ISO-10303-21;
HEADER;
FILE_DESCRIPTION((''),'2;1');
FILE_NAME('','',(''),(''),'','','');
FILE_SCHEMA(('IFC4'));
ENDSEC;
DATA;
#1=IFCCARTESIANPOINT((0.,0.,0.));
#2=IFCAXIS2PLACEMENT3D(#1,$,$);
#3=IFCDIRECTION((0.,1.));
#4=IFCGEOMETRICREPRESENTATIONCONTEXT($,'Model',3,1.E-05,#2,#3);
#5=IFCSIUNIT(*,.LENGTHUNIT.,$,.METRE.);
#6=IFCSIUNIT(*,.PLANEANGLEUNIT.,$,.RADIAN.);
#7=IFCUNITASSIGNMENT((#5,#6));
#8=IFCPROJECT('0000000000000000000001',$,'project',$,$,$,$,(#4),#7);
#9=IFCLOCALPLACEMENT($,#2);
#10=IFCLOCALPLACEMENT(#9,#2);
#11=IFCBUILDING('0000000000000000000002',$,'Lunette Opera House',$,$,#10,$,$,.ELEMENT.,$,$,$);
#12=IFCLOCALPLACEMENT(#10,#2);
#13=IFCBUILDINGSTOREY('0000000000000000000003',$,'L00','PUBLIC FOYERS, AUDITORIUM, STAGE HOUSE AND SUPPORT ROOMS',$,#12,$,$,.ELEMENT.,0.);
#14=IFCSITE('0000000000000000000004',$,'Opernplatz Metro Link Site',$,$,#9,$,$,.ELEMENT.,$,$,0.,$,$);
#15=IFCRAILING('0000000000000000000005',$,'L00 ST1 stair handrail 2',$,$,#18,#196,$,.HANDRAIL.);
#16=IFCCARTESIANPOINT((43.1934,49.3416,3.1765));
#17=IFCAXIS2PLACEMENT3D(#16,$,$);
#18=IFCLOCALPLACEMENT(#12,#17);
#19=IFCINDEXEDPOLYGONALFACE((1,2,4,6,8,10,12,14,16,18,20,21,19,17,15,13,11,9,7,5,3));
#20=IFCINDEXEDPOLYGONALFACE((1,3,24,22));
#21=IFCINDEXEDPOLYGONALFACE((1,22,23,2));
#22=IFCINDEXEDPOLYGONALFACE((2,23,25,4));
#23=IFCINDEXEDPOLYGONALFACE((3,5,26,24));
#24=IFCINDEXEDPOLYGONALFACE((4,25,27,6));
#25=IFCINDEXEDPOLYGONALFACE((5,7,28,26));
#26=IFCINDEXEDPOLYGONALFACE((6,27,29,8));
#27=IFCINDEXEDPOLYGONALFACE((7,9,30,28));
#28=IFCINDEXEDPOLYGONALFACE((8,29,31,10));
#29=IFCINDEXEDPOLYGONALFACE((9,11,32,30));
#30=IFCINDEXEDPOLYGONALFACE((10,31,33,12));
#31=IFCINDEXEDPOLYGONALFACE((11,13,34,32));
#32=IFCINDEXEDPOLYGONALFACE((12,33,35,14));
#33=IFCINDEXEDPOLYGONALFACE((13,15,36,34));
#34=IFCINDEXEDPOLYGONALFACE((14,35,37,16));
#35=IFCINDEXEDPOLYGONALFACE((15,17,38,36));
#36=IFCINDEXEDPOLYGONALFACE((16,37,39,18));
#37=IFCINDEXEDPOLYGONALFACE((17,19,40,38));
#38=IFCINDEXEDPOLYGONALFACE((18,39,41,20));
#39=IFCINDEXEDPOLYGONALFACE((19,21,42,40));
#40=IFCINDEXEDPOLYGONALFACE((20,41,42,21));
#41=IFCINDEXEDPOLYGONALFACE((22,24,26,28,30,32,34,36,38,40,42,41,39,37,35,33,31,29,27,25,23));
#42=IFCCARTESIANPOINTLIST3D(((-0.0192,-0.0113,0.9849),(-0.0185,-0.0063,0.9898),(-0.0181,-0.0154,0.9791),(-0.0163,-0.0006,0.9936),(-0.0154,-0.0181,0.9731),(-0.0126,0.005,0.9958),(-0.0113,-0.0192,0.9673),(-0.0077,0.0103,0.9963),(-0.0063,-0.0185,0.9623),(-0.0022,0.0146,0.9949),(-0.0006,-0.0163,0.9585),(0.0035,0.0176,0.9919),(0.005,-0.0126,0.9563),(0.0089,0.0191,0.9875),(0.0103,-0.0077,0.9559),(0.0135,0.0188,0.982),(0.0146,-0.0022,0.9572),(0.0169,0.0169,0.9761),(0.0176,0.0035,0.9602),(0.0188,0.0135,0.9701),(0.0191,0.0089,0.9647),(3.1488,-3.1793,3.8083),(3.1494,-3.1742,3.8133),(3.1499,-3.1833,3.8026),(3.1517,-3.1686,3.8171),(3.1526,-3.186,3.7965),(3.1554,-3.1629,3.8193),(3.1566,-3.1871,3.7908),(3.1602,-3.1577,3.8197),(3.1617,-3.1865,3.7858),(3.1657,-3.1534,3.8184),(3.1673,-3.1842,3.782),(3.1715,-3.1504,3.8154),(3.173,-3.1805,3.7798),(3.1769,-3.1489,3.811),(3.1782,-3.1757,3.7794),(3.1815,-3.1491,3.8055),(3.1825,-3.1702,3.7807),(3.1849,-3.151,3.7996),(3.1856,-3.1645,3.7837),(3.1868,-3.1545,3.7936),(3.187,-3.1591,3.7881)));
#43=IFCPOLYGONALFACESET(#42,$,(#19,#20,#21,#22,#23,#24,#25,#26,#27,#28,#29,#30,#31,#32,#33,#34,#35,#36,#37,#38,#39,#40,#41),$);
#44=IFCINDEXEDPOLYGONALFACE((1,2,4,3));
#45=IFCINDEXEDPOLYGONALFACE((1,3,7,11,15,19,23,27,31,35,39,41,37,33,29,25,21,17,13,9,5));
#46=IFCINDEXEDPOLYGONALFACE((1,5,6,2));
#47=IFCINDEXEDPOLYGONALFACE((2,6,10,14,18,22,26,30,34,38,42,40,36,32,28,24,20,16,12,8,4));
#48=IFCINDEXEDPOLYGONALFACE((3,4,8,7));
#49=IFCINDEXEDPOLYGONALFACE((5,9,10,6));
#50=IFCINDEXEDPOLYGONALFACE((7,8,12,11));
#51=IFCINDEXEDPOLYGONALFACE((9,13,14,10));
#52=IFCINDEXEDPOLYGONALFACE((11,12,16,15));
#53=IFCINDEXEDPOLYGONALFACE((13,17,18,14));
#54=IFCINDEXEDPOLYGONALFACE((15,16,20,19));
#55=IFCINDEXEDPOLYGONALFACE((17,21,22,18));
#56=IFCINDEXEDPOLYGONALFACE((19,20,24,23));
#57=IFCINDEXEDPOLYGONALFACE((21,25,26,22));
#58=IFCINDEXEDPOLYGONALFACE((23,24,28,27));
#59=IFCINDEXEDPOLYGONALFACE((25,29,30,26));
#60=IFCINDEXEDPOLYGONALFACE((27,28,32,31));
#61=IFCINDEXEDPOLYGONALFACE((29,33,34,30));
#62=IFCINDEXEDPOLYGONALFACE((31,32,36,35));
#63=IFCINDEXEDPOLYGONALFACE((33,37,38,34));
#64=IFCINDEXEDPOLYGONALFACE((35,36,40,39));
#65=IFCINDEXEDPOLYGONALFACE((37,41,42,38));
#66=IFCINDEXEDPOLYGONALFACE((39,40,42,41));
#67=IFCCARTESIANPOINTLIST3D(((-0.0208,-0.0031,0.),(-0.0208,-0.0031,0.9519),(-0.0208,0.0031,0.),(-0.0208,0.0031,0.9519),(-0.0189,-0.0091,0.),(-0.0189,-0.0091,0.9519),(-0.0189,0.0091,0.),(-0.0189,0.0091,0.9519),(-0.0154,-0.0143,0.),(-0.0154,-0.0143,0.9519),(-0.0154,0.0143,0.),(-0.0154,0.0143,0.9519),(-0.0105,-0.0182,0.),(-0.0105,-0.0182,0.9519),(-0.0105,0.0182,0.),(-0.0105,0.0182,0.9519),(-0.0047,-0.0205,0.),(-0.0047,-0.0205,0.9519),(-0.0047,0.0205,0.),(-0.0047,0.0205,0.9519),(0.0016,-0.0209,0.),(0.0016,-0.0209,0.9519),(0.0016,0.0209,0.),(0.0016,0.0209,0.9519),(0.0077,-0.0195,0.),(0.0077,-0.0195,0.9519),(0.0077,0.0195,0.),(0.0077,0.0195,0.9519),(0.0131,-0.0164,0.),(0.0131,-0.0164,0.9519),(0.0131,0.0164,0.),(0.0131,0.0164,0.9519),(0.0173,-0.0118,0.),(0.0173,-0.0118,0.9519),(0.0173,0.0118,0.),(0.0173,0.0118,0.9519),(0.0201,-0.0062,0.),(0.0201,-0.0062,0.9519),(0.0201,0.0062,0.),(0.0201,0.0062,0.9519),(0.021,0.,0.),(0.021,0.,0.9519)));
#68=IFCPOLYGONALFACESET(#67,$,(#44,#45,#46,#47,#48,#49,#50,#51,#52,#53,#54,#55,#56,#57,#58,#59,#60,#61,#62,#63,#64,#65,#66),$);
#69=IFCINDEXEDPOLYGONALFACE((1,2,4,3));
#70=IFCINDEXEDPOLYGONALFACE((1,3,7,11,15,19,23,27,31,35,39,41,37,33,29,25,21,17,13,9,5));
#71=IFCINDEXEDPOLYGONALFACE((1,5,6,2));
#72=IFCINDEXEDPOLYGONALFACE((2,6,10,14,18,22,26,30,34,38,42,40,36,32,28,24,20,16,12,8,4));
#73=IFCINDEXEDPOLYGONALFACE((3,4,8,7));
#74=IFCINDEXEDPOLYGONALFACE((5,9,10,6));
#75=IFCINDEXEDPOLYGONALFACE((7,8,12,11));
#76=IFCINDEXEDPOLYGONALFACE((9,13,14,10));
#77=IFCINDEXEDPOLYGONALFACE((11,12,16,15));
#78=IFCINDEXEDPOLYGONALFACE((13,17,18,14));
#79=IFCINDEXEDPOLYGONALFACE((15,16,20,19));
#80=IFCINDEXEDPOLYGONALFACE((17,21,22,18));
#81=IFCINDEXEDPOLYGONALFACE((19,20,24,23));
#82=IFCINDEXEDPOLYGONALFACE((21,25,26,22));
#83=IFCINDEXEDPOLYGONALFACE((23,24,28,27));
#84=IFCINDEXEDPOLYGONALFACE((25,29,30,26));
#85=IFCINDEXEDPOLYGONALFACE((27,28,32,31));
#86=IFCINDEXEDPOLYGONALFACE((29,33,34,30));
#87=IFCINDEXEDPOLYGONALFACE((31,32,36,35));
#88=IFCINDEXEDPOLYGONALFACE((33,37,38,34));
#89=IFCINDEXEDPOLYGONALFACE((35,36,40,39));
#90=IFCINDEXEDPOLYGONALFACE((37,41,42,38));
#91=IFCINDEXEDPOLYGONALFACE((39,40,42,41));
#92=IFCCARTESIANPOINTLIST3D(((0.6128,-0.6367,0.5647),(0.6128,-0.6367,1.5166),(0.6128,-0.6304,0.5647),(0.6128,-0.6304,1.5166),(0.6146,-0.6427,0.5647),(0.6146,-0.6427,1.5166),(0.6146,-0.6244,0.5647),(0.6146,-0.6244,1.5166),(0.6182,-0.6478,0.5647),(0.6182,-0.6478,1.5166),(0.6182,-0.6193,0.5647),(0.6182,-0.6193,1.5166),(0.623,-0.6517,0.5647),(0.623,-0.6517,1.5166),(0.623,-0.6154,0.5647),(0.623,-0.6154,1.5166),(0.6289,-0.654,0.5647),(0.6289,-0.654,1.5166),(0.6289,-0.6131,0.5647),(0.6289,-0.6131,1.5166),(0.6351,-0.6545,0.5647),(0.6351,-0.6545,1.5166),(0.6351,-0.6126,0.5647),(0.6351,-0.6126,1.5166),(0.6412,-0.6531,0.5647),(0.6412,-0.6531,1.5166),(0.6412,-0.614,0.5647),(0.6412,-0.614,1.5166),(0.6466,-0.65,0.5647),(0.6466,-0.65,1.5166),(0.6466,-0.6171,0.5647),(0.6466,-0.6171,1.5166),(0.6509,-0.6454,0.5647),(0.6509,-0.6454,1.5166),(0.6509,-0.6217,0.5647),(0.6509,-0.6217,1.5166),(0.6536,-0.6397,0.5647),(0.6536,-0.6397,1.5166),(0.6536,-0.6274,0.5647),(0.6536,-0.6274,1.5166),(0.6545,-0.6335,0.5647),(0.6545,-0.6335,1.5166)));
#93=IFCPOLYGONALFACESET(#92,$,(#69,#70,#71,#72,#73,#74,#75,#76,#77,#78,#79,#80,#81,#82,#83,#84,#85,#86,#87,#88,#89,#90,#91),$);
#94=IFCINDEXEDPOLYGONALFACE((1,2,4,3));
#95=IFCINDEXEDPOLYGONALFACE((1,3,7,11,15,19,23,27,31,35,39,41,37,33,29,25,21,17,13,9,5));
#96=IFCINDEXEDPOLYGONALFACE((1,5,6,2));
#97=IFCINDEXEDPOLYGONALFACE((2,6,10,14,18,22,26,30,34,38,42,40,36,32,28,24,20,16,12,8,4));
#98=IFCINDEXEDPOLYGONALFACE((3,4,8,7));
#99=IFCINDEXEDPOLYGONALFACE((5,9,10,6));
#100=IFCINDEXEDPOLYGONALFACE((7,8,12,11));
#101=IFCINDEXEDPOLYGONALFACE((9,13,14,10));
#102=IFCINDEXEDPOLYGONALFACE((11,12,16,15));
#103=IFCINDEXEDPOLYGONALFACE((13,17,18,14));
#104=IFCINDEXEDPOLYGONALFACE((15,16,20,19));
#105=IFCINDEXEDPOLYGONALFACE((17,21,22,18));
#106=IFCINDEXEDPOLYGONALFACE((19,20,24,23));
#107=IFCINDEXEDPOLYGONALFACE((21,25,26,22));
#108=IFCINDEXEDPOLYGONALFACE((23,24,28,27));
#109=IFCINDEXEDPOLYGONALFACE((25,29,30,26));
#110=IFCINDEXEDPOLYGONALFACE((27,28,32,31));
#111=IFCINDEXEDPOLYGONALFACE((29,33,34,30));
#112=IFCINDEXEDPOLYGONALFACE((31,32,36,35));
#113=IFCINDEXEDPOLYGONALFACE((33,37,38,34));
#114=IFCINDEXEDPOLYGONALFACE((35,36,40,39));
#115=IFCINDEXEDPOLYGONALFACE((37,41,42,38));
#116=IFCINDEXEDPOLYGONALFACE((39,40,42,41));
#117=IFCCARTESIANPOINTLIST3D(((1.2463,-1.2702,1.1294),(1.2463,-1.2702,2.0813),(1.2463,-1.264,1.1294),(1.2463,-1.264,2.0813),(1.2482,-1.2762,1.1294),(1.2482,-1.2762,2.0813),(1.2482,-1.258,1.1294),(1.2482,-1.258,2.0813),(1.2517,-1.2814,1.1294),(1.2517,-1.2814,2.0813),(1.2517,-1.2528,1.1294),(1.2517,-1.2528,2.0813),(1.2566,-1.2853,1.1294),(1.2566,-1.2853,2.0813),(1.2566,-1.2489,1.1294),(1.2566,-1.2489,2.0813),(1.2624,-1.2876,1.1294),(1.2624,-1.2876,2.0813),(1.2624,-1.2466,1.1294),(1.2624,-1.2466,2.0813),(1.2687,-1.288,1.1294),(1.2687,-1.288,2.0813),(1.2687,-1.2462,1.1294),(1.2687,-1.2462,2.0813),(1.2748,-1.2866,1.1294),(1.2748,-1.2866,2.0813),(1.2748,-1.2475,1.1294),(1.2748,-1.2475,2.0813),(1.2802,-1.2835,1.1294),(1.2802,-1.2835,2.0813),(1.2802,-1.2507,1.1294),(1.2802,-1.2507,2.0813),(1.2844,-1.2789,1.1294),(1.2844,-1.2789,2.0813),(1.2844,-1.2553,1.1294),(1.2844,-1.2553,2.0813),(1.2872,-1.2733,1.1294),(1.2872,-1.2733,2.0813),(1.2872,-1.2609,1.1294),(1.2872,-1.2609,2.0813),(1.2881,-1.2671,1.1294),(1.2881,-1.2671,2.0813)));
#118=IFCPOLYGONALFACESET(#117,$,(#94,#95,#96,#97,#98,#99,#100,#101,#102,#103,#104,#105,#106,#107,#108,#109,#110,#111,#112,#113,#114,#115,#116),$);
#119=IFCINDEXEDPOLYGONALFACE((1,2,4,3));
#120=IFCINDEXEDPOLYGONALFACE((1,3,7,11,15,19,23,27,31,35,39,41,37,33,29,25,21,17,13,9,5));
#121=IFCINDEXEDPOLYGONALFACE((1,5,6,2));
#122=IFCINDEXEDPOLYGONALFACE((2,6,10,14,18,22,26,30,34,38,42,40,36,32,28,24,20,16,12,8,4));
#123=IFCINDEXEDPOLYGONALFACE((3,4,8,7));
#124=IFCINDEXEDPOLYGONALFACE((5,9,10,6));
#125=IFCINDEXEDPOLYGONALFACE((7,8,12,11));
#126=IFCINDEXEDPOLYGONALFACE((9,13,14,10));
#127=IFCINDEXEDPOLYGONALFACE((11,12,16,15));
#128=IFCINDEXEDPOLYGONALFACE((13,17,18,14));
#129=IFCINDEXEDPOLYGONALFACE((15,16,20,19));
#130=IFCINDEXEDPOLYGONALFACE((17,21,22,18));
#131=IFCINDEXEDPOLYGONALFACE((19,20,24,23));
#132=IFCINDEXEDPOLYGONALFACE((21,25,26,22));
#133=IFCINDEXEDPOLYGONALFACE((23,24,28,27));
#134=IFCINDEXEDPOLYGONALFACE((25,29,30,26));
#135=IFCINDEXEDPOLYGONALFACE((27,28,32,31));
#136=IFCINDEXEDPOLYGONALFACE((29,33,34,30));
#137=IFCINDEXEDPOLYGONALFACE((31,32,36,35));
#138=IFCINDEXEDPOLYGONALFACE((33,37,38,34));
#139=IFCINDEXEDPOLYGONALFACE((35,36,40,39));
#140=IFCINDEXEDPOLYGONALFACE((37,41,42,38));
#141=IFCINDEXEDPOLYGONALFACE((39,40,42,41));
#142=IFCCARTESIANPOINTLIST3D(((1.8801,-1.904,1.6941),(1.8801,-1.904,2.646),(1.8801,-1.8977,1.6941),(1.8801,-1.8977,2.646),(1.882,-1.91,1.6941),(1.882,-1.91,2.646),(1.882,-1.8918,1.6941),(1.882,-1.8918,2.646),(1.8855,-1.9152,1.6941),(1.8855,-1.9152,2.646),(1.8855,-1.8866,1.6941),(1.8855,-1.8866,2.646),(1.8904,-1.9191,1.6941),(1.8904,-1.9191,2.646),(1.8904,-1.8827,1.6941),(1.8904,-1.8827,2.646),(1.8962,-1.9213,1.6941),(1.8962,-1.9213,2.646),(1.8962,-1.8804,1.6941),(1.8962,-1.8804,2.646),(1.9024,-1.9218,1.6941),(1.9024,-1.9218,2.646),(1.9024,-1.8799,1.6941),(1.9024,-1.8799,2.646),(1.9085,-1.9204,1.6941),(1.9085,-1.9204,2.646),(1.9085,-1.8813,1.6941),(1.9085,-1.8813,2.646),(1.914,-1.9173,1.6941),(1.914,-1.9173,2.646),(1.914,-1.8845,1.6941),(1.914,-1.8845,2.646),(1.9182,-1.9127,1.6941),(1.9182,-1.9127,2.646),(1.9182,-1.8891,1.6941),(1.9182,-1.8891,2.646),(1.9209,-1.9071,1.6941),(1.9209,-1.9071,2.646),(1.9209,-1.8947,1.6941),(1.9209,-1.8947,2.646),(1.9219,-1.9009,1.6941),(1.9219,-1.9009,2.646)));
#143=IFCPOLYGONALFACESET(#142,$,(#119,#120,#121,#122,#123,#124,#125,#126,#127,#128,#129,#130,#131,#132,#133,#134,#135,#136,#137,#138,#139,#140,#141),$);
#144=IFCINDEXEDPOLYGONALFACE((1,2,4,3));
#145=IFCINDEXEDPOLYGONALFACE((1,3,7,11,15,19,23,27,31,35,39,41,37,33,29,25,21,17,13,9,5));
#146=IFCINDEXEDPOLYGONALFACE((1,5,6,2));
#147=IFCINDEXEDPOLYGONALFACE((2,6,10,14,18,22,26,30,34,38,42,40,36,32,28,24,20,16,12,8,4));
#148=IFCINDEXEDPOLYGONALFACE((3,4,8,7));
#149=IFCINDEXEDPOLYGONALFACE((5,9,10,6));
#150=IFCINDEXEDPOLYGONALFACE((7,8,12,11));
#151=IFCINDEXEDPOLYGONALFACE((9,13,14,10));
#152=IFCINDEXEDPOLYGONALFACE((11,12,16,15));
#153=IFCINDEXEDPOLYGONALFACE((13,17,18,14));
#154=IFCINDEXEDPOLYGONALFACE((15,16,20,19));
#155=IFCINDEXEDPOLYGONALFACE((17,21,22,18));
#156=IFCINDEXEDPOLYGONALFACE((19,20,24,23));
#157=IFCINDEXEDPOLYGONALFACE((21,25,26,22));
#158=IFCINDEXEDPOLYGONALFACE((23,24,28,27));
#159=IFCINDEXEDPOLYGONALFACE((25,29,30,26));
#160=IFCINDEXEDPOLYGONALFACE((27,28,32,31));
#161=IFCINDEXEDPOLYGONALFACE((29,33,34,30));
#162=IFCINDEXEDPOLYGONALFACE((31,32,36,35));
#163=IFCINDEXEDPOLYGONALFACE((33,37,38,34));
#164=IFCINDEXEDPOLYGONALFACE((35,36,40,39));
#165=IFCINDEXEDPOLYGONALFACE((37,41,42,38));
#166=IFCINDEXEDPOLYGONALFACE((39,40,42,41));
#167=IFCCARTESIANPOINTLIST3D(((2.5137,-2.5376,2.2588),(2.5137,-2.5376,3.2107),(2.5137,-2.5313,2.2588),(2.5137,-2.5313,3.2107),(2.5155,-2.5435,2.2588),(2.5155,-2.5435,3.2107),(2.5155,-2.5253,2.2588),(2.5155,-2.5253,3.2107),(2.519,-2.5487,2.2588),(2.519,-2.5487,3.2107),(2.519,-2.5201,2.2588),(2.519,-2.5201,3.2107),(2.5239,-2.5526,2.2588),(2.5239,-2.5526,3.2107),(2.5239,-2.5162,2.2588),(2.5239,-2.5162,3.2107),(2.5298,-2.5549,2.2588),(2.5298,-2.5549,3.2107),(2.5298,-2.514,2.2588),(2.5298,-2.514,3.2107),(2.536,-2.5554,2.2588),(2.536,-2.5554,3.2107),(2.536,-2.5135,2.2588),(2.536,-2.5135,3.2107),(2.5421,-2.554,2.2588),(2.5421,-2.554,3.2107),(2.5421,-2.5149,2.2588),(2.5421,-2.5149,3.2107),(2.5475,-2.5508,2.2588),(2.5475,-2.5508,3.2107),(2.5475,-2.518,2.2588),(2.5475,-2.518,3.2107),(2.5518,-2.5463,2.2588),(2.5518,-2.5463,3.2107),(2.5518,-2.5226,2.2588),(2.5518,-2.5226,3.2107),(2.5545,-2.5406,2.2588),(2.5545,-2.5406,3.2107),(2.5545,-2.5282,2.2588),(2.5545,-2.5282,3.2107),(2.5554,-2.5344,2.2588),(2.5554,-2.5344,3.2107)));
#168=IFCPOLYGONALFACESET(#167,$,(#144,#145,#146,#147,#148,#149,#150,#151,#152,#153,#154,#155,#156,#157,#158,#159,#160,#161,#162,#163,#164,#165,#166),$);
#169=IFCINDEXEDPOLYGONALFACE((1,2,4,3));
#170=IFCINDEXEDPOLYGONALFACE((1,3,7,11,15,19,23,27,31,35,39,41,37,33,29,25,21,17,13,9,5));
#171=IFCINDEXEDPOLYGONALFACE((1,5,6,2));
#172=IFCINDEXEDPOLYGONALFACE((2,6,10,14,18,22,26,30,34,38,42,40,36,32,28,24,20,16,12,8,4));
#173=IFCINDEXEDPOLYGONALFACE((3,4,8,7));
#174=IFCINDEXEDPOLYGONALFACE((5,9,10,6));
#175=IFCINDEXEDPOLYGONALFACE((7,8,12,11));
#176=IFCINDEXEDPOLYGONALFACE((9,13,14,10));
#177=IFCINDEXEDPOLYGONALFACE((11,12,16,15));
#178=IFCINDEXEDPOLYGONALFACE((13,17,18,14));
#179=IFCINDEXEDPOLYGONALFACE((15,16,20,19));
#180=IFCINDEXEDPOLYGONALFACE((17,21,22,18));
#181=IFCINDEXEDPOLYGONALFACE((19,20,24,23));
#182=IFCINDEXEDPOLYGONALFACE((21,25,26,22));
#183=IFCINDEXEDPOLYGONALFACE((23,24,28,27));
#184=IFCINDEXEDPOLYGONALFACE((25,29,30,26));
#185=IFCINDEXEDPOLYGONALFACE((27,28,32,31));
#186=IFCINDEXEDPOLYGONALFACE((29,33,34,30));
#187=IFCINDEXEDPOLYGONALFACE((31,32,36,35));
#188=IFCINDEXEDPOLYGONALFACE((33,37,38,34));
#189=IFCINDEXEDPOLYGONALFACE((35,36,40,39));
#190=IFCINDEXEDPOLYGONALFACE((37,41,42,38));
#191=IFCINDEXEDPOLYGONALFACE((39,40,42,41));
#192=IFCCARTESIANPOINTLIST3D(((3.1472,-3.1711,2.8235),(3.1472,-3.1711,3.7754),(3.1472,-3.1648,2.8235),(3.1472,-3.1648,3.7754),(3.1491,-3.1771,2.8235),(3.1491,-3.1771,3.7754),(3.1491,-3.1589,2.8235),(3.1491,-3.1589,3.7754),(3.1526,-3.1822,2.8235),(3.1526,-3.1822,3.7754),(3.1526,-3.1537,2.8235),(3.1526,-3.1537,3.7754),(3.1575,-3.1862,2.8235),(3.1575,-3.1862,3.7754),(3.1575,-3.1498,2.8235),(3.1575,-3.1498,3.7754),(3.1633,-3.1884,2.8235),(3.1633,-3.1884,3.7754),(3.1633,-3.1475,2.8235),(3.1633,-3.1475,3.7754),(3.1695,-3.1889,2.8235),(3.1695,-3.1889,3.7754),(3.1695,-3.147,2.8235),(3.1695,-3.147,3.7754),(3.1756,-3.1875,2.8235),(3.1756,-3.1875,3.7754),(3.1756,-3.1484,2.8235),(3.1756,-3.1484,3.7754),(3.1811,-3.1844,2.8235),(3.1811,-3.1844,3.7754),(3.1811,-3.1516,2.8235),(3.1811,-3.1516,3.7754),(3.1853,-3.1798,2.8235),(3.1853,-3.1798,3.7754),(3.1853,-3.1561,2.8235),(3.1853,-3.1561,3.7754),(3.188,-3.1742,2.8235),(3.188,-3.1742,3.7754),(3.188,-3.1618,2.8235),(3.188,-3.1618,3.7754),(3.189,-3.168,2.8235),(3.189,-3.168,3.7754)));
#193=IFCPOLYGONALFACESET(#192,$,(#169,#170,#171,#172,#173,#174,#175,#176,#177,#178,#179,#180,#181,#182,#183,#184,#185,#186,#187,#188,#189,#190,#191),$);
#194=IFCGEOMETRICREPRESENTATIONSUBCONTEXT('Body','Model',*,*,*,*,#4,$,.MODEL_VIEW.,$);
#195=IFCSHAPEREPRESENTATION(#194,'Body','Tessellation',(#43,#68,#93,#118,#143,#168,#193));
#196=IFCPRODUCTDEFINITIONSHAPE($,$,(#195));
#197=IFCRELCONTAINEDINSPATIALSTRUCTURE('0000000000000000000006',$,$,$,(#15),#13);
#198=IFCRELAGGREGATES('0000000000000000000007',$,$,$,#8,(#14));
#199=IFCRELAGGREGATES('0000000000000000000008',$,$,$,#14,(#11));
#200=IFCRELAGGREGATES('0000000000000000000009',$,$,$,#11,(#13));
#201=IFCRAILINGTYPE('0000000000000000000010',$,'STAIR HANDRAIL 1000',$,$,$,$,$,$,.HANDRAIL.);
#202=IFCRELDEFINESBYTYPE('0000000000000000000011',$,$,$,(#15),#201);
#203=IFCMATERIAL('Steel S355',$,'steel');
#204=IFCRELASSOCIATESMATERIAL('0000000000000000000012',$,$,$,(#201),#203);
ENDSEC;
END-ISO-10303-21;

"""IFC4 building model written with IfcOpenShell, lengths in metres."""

from ifc_helpers import new_model, si_unit, direction, frame, origin, origin_2d, place, context, subcontext, project, spatial, circle, extrude, material, type_object, element, save


model = new_model("IFC4")

# Units and contexts
model_context = context("Model", 3, precision=1e-05, world=origin(), true_north=direction((0.0, 1.0)))
body_context = subcontext(model_context, "Body", "Model", "MODEL_VIEW")
ifc_project = project(units=[si_unit("LENGTHUNIT", "METRE"), si_unit("PLANEANGLEUNIT", "RADIAN")], contexts=[model_context])

# Site, building, storey
site_placement = place(None, origin())
site = spatial("IfcSite", under=ifc_project, at=site_placement, Name="Opernplatz Metro Link Site", CompositionType="ELEMENT", RefElevation=0.0)
building_placement = place(site_placement, origin())
building = spatial("IfcBuilding", under=site, at=building_placement, Name="Lunette Opera House", CompositionType="ELEMENT")
storey_placement = place(building_placement, origin())
storey = spatial("IfcBuildingStorey", under=building, at=storey_placement, Name="L00", Description="PUBLIC FOYERS, AUDITORIUM, STAGE HOUSE AND SUPPORT ROOMS", CompositionType="ELEMENT", Elevation=0.0)

# Railing
ifc_material_1 = material(Name="Steel S355", Category="steel")
railing_type_1 = type_object("IfcRailingType", Name="STAIR HANDRAIL 1000", PredefinedType="HANDRAIL", material=ifc_material_1)
railing_1_placement = place(storey_placement, frame((43.1934, 49.3416, 3.1765)))
element("IfcRailing", 1, at=railing_1_placement, inside=storey, type_object=railing_type_1, Name="L00 ST1 stair handrail 2", PredefinedType="HANDRAIL", context=body_context, shape_type="SweptSolid", body=[
    extrude(circle(Radius=0.0239, at=origin_2d()), frame((0.0, 0.0, 0.9761), z_axis=(0.598219, -0.598219, 0.533169), x_axis=(0.707107, 0.707107, 0.0)), (0.0, 0.0, 1.0), 5.2957),
    extrude(circle(Radius=0.021, at=origin_2d()), origin(), (0.0, 0.0, 1.0), 0.9519),
    extrude(circle(Radius=0.021, at=origin_2d()), frame((0.6335, -0.6335, 0.5647)), (0.0, 0.0, 1.0), 0.9519),
    extrude(circle(Radius=0.021, at=origin_2d()), frame((1.2671, -1.2671, 1.1294)), (0.0, 0.0, 1.0), 0.9519),
    extrude(circle(Radius=0.021, at=origin_2d()), frame((1.9009, -1.9009, 1.6941)), (0.0, 0.0, 1.0), 0.9519),
    extrude(circle(Radius=0.021, at=origin_2d()), frame((2.5344, -2.5344, 2.2588)), (0.0, 0.0, 1.0), 0.9519),
    extrude(circle(Radius=0.021, at=origin_2d()), frame((3.168, -3.168, 2.8235)), (0.0, 0.0, 1.0), 0.9519),
])

save(model, "model.ifc")
